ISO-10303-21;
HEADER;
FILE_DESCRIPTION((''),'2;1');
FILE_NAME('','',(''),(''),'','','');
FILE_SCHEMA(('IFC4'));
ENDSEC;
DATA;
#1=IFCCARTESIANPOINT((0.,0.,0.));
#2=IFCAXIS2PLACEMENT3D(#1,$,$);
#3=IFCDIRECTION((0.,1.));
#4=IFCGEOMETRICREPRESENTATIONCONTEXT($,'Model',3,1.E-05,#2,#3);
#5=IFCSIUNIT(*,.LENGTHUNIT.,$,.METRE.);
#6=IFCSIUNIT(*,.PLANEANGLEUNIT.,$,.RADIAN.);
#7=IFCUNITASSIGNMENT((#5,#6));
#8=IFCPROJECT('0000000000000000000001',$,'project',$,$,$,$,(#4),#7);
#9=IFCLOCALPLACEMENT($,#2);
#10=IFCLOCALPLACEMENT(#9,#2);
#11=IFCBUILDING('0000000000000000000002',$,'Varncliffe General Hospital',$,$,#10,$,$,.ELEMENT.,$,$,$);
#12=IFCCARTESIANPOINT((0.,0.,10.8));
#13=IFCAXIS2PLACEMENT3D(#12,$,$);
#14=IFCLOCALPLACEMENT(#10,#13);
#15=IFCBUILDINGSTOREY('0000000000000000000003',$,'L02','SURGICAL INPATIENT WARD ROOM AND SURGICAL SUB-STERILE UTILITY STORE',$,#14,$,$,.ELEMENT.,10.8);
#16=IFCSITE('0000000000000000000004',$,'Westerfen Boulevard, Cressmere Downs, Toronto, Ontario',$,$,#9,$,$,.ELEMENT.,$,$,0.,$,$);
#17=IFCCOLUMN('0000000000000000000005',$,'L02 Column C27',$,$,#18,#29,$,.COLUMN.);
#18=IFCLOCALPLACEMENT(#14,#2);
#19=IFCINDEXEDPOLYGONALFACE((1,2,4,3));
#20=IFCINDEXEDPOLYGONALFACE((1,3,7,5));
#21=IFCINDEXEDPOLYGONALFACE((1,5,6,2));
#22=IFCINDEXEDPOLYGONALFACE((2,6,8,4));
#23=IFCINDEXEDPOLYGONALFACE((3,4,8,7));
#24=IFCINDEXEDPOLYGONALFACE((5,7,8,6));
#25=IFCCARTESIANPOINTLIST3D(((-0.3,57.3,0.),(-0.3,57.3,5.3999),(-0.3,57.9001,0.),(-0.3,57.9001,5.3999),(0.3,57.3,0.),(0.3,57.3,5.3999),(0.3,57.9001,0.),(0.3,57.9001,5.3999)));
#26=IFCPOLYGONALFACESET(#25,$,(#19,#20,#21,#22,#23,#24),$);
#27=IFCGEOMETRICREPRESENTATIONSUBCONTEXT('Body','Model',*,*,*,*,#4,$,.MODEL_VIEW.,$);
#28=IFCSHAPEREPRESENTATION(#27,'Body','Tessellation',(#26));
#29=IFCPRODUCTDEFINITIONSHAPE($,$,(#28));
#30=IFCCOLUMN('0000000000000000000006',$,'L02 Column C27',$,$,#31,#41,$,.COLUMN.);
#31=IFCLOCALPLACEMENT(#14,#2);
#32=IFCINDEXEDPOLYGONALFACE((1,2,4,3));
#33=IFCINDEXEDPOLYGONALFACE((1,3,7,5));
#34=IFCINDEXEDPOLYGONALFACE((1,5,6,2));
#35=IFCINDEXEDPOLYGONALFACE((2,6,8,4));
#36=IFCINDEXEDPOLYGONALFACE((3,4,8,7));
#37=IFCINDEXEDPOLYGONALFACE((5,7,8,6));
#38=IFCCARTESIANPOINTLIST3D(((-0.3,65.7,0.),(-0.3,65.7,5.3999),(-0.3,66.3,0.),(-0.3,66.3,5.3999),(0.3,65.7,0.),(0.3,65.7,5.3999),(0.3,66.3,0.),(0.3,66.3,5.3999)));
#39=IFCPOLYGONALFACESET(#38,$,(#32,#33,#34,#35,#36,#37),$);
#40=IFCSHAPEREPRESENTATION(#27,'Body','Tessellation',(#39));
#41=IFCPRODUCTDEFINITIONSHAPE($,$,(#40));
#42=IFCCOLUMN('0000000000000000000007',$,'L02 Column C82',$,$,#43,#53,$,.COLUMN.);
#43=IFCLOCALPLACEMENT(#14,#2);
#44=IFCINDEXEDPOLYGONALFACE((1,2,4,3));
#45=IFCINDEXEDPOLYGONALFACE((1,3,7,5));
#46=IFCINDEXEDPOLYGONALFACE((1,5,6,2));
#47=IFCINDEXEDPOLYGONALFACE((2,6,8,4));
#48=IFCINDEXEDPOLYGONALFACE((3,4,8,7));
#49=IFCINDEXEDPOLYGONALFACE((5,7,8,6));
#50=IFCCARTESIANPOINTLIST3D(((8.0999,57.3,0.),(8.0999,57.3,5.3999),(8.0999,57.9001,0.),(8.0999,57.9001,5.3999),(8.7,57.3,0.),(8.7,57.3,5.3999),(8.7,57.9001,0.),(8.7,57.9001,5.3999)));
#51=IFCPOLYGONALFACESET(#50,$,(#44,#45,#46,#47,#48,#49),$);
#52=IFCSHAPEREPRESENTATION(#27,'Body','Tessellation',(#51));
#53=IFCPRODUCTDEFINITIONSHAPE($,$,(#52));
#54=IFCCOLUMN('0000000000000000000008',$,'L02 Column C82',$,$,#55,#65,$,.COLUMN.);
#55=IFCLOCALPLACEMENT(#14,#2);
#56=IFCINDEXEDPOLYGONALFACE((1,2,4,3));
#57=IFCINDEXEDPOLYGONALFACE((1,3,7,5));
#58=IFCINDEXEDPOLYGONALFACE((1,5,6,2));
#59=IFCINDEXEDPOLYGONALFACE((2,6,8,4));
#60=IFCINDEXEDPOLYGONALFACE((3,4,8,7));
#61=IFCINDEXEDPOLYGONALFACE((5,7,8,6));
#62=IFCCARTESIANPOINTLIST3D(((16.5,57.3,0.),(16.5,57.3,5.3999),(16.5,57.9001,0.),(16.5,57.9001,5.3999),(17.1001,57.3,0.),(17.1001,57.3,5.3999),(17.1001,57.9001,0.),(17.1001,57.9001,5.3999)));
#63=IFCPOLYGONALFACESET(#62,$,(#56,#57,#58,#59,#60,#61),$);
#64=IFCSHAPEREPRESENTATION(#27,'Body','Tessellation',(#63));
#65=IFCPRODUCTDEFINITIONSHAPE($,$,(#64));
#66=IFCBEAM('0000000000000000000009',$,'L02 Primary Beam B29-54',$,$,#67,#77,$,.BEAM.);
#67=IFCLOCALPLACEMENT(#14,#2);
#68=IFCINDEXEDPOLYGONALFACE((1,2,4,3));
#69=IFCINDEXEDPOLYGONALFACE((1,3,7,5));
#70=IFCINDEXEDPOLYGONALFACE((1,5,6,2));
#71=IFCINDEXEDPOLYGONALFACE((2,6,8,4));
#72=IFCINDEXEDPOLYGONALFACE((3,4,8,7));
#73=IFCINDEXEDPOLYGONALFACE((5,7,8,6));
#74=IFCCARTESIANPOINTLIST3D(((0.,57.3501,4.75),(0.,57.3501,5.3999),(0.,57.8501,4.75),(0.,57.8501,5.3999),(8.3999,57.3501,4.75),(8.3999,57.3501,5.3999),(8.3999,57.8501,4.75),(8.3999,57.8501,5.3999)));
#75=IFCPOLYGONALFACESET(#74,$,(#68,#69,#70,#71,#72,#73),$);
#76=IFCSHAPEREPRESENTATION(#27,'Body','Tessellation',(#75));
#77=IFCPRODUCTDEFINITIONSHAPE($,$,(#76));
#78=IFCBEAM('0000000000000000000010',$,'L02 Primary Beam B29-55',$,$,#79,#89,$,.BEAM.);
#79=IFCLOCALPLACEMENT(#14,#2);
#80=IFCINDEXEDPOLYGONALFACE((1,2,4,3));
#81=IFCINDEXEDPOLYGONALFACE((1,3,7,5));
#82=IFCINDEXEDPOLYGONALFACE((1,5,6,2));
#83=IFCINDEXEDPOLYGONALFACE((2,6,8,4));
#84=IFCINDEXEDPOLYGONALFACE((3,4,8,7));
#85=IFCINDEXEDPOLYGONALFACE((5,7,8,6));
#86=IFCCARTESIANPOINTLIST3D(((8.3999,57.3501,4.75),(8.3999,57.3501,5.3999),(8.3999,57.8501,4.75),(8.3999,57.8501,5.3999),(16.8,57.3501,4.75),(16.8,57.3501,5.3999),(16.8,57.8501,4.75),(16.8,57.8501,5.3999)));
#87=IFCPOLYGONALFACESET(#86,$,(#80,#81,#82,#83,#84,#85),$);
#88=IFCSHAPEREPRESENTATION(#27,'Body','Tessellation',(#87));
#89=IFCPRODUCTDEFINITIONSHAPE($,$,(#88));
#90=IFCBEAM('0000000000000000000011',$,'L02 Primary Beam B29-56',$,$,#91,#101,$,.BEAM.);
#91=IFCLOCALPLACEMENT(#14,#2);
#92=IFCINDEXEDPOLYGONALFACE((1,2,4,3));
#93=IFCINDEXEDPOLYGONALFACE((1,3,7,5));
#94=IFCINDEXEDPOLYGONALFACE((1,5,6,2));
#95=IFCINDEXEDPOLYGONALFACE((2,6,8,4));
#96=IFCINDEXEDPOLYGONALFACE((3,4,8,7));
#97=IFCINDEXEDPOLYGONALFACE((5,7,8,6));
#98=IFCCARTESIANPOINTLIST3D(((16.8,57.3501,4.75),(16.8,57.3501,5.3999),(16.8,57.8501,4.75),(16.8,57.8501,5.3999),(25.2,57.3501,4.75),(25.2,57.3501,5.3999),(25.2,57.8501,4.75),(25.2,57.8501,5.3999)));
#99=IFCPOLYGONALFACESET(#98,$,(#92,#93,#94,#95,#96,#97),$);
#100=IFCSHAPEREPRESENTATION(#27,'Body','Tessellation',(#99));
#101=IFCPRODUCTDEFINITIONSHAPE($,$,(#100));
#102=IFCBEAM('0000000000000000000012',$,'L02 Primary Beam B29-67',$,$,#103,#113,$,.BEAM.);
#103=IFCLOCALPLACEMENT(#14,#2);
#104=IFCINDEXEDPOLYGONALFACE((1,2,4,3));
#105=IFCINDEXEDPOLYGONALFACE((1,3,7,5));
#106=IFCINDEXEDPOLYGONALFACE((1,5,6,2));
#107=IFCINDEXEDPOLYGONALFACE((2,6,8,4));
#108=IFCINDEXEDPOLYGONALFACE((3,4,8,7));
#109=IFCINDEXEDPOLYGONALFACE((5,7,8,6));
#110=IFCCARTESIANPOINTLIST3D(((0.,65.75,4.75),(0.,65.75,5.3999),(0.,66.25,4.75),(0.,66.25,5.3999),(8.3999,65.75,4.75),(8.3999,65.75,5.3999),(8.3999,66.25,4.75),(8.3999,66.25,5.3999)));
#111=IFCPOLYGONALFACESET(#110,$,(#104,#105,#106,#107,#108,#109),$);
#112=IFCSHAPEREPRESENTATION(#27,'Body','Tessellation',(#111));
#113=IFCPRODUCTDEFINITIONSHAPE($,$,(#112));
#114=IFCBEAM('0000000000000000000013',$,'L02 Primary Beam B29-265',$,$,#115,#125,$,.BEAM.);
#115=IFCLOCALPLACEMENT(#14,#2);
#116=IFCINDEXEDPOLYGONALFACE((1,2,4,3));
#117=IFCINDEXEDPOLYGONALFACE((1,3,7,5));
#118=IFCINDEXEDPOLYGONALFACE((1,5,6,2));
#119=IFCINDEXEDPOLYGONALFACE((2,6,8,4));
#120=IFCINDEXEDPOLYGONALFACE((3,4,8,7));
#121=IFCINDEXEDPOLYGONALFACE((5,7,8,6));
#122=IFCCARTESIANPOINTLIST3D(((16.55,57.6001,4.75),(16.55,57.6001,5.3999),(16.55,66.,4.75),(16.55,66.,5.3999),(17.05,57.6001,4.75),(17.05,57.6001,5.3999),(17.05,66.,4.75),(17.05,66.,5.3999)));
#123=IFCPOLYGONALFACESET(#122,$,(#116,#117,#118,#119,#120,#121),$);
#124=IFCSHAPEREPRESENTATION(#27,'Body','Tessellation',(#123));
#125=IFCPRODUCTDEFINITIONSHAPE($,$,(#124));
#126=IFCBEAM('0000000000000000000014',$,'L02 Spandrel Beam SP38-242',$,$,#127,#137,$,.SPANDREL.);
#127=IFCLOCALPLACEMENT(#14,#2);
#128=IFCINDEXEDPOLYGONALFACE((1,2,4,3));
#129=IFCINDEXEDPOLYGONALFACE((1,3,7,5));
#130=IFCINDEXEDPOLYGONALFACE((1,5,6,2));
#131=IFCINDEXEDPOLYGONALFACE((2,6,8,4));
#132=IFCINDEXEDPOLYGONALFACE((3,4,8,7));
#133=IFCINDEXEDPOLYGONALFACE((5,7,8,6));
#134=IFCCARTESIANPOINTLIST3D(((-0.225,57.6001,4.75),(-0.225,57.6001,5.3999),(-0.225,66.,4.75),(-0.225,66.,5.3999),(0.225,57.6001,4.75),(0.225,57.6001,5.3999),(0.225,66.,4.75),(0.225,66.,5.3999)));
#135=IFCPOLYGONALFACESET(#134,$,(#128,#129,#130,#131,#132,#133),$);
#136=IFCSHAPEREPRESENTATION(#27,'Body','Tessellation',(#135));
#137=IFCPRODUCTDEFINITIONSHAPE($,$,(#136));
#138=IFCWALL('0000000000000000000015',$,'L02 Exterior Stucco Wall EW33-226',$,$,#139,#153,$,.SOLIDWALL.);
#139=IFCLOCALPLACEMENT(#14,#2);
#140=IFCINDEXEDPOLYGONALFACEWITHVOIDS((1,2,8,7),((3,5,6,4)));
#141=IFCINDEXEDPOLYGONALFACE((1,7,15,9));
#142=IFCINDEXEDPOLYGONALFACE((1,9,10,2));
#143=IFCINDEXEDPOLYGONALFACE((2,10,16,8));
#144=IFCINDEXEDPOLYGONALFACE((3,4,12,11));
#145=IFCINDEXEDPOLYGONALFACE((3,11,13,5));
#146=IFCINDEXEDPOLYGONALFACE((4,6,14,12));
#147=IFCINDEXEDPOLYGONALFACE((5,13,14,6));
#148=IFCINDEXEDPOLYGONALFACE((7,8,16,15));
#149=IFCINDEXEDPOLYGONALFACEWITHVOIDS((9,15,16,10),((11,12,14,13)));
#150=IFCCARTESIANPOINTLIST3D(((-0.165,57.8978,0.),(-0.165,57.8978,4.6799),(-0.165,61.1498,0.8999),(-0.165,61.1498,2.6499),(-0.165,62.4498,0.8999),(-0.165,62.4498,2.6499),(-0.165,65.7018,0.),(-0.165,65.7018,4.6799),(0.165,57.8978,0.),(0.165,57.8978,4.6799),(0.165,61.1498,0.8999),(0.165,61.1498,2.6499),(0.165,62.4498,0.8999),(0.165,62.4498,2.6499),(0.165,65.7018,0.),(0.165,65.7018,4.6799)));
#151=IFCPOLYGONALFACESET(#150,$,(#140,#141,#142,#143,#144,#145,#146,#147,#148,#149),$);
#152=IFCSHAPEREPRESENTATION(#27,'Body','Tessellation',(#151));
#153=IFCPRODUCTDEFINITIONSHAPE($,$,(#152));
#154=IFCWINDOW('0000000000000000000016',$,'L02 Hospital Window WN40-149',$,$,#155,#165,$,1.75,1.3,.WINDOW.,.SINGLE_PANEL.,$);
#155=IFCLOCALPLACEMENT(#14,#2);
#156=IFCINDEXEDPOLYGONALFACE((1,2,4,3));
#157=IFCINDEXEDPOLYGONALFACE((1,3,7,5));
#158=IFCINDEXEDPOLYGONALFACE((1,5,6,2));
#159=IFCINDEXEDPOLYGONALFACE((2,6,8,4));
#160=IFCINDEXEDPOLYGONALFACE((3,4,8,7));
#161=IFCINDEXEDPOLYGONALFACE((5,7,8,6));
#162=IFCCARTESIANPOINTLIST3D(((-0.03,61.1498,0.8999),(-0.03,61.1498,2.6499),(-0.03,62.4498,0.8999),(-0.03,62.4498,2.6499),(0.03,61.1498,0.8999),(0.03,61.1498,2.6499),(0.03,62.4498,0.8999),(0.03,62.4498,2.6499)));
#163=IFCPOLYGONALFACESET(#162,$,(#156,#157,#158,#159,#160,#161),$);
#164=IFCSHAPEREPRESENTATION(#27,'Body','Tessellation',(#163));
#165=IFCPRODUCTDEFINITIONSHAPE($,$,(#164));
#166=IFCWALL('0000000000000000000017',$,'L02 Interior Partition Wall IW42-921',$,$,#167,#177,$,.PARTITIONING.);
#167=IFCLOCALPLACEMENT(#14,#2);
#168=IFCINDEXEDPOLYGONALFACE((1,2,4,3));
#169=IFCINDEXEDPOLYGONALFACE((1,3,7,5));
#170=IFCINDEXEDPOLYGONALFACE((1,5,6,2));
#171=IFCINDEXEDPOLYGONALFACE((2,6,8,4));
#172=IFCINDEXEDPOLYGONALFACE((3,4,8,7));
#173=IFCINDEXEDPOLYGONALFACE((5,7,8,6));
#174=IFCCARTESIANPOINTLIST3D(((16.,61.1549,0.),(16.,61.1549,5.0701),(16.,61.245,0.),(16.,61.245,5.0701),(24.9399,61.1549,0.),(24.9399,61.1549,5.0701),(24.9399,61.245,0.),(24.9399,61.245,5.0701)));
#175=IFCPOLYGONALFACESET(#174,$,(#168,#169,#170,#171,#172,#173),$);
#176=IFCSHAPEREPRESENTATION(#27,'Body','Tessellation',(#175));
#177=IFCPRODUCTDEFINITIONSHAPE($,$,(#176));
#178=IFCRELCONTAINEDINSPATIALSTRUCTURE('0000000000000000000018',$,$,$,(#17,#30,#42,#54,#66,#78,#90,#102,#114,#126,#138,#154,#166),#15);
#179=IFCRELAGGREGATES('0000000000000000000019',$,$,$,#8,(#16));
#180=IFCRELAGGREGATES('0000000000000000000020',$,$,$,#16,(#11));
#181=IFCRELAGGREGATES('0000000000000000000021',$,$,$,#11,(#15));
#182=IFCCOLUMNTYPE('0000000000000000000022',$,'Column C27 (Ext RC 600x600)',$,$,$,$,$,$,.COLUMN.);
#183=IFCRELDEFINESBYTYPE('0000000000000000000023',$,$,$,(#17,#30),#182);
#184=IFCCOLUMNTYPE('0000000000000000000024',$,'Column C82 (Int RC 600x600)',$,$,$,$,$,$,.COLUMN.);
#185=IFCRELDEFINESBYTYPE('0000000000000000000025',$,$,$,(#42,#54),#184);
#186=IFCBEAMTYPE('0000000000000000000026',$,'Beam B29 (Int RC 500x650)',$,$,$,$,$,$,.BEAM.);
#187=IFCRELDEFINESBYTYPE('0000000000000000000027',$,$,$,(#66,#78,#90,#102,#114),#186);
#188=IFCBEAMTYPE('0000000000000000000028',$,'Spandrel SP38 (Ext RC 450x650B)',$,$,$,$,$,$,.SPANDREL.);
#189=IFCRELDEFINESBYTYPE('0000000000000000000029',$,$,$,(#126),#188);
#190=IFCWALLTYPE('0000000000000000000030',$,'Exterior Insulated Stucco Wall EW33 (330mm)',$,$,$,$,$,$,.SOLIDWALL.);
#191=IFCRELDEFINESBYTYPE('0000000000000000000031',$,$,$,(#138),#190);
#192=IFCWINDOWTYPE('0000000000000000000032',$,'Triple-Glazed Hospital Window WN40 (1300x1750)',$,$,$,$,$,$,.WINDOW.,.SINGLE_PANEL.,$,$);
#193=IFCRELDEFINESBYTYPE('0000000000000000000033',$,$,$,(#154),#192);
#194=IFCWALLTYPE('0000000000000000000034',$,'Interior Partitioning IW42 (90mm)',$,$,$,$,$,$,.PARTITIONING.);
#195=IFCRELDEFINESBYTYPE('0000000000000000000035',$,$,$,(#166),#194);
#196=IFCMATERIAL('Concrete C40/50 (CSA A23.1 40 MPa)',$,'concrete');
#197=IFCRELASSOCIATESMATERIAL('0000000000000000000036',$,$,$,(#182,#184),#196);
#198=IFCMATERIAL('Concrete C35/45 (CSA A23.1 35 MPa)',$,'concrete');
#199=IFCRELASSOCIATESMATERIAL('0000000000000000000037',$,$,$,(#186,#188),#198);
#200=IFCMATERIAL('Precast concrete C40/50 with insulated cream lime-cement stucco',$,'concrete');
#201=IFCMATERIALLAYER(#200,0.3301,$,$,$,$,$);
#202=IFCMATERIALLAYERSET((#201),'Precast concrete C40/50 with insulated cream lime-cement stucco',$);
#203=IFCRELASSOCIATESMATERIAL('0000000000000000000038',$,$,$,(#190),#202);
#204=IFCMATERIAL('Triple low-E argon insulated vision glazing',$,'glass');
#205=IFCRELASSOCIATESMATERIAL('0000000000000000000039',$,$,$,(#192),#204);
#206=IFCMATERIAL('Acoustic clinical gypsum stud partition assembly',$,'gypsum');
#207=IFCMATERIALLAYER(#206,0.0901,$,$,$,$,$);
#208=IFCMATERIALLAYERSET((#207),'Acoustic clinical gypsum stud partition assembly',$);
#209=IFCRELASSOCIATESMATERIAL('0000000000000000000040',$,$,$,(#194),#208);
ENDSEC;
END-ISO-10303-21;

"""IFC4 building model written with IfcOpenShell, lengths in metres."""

from ifc_helpers import new_model, si_unit, direction, frame, frame_2d, origin, origin_2d, place, context, subcontext, project, spatial, rectangle, extrude, material, layer, layer_set, material_profile, profile_set, type_object, element, fill, save


model = new_model("IFC4")

# Units and contexts
model_context = context("Model", 3, precision=1e-05, world=origin(), true_north=direction((0.0, 1.0)))
body_context = subcontext(model_context, "Body", "Model", "MODEL_VIEW")
ifc_project = project(units=[si_unit("LENGTHUNIT", "METRE"), si_unit("PLANEANGLEUNIT", "RADIAN")], contexts=[model_context])

# Site, building, storey
site_placement = place(None, origin())
site = spatial("IfcSite", under=ifc_project, at=site_placement, Name="Westerfen Boulevard, Cressmere Downs, Toronto, Ontario", CompositionType="ELEMENT", RefElevation=0.0)
building_placement = place(site_placement, origin())
building = spatial("IfcBuilding", under=site, at=building_placement, Name="Varncliffe General Hospital", CompositionType="ELEMENT")
storey_placement = place(building_placement, frame((0.0, 0.0, 10.8)))
storey = spatial("IfcBuildingStorey", under=building, at=storey_placement, Name="L02", Description="SURGICAL INPATIENT WARD ROOM AND SURGICAL SUB-STERILE UTILITY STORE", CompositionType="ELEMENT", Elevation=10.8)

# Columns
ifc_material_1 = material(Name="Concrete C40/50 (CSA A23.1 40 MPa)", Category="concrete")
ifc_material_profile_1 = material_profile(ifc_material_1, rectangle(XDim=0.6001, YDim=0.6001, at=origin_2d()), Name="RC 600x600")
ifc_profile_set_1 = profile_set([ifc_material_profile_1], Name="Concrete C40/50 (CSA A23.1 40 MPa)")
column_type_1 = type_object("IfcColumnType", Name="Column C27 (Ext RC 600x600)", PredefinedType="COLUMN", material=ifc_profile_set_1)
for number, where, z_axis, x_axis, name in (
    (1, (0.0, 57.6001, 0.0), (0.0, 0.0, 1.0), (1.0, 0.0, 0.0), "L02 Column C27"),
    (2, (0.0, 66.0, 0.0), (0.0, 0.0, 1.0), (1.0, 0.0, 0.0), "L02 Column C27"),
):
    element("IfcColumn", number, at=place(storey_placement, frame(where, z_axis=z_axis, x_axis=x_axis)), inside=storey, type_object=column_type_1, Name=name, PredefinedType="COLUMN", context=body_context, shape_type="SweptSolid", body=[
        extrude(rectangle(XDim=0.6001, YDim=0.6001, at=origin_2d()), origin(), (0.0, 0.0, 1.0), 5.3999),
    ])
ifc_material_profile_2 = material_profile(ifc_material_1, rectangle(XDim=0.6001, YDim=0.6001, at=origin_2d()), Name="RC 600x600")
ifc_profile_set_2 = profile_set([ifc_material_profile_2], Name="Concrete C40/50 (CSA A23.1 40 MPa)")
column_type_2 = type_object("IfcColumnType", Name="Column C82 (Int RC 600x600)", PredefinedType="COLUMN", material=ifc_profile_set_2)
for number, where, z_axis, x_axis, name in (
    (3, (8.3999, 57.6001, 0.0), (0.0, 0.0, 1.0), (1.0, 0.0, 0.0), "L02 Column C82"),
    (4, (16.8, 57.6001, 0.0), (0.0, 0.0, 1.0), (1.0, 0.0, 0.0), "L02 Column C82"),
):
    element("IfcColumn", number, at=place(storey_placement, frame(where, z_axis=z_axis, x_axis=x_axis)), inside=storey, type_object=column_type_2, Name=name, PredefinedType="COLUMN", context=body_context, shape_type="SweptSolid", body=[
        extrude(rectangle(XDim=0.6001, YDim=0.6001, at=origin_2d()), origin(), (0.0, 0.0, 1.0), 5.3999),
    ])

# Beams
ifc_material_2 = material(Name="Concrete C35/45 (CSA A23.1 35 MPa)", Category="concrete")
ifc_material_profile_3 = material_profile(ifc_material_2, rectangle(XDim=0.5, YDim=0.6499, at=origin_2d()), Name="RC 500x650")
ifc_profile_set_3 = profile_set([ifc_material_profile_3], Name="Concrete C35/45 (CSA A23.1 35 MPa)")
beam_type_1 = type_object("IfcBeamType", Name="Beam B29 (Int RC 500x650)", PredefinedType="BEAM", material=ifc_profile_set_3)
beam_1_placement = place(storey_placement, frame((0.0, 57.6001, 5.075), z_axis=(1.0, 0.0, 0.0), x_axis=(0.0, 1.0, 0.0)))
element("IfcBeam", 5, at=beam_1_placement, inside=storey, type_object=beam_type_1, Name="L02 Primary Beam B29-54", PredefinedType="BEAM", context=body_context, shape_type="SweptSolid", body=[
    extrude(rectangle(XDim=0.5, YDim=0.6499, at=origin_2d()), origin(), (0.0, 0.0, 1.0), 8.3999),
])
beam_2_placement = place(storey_placement, frame((8.3999, 57.6001, 5.075), z_axis=(1.0, 0.0, 0.0), x_axis=(0.0, 1.0, 0.0)))
element("IfcBeam", 6, at=beam_2_placement, inside=storey, type_object=beam_type_1, Name="L02 Primary Beam B29-55", PredefinedType="BEAM", context=body_context, shape_type="SweptSolid", body=[
    extrude(rectangle(XDim=0.5, YDim=0.6499, at=origin_2d()), origin(), (0.0, 0.0, 1.0), 8.4001),
])
for number, where, z_axis, x_axis, name in (
    (7, (16.8, 57.6001, 5.075), (1.0, 0.0, 0.0), (0.0, 1.0, 0.0), "L02 Primary Beam B29-56"),
    (8, (0.0, 66.0, 5.075), (1.0, 0.0, 0.0), (0.0, 1.0, 0.0), "L02 Primary Beam B29-67"),
    (9, (16.8, 57.6001, 5.075), (0.0, 1.0, 0.0), (-1.0, 0.0, 0.0), "L02 Primary Beam B29-265"),
):
    element("IfcBeam", number, at=place(storey_placement, frame(where, z_axis=z_axis, x_axis=x_axis)), inside=storey, type_object=beam_type_1, Name=name, PredefinedType="BEAM", context=body_context, shape_type="SweptSolid", body=[
        extrude(rectangle(XDim=0.5, YDim=0.6499, at=origin_2d()), origin(), (0.0, 0.0, 1.0), 8.3999),
    ])
ifc_material_profile_4 = material_profile(ifc_material_2, rectangle(XDim=0.45, YDim=0.6499, at=origin_2d()), Name="RC 450x650")
ifc_profile_set_4 = profile_set([ifc_material_profile_4], Name="Concrete C35/45 (CSA A23.1 35 MPa)")
beam_type_2 = type_object("IfcBeamType", Name="Spandrel SP38 (Ext RC 450x650B)", PredefinedType="SPANDREL", material=ifc_profile_set_4)
beam_3_placement = place(storey_placement, frame((0.0, 57.6001, 5.075), z_axis=(0.0, 1.0, 0.0), x_axis=(-1.0, 0.0, 0.0)))
element("IfcBeam", 10, at=beam_3_placement, inside=storey, type_object=beam_type_2, Name="L02 Spandrel Beam SP38-242", PredefinedType="SPANDREL", context=body_context, shape_type="SweptSolid", body=[
    extrude(rectangle(XDim=0.45, YDim=0.6499, at=origin_2d()), origin(), (0.0, 0.0, 1.0), 8.3999),
])

# Wall, opening, window
ifc_material_3 = material(Name="Precast concrete C40/50 with insulated cream lime-cement stucco", Category="concrete")
ifc_layer_1 = layer(ifc_material_3, 0.3301)
ifc_layer_set_1 = layer_set([ifc_layer_1], Name="Precast concrete C40/50 with insulated cream lime-cement stucco")
wall_type_1 = type_object("IfcWallType", Name="Exterior Insulated Stucco Wall EW33 (330mm)", PredefinedType="SOLIDWALL", material=ifc_layer_set_1)
wall_1_placement = place(storey_placement, frame((0.0, 57.8979, 0.0), z_axis=(0.0, 0.0, 1.0), x_axis=(0.0, 1.0, 0.0)))
wall_1 = element("IfcWall", 11, at=wall_1_placement, inside=storey, type_object=wall_type_1, Name="L02 Exterior Stucco Wall EW33-226", PredefinedType="SOLIDWALL", context=body_context, shape_type="SweptSolid", body=[
    extrude(rectangle(XDim=7.804, YDim=0.3301, at=frame_2d((3.9019, 0.0))), origin(), (0.0, 0.0, 1.0), 4.6799),
])
opening_1_placement = place(wall_1_placement, frame((3.252, 0.0, 0.8999)))
opening_1 = element("IfcOpeningElement", 12, at=opening_1_placement, cuts=wall_1, PredefinedType="OPENING", context=body_context, shape_type="SweptSolid", body=[
    extrude(rectangle(XDim=1.3, YDim=1.75, at=frame_2d((0.6499, 0.875))), frame((0.0, 0.175, 0.0), z_axis=(0.0, -1.0, 0.0), x_axis=(1.0, 0.0, 0.0)), (0.0, 0.0, 1.0), 0.3501),
])
ifc_material_4 = material(Name="Triple low-E argon insulated vision glazing", Category="glass")
window_type = type_object("IfcWindowType", Name="Triple-Glazed Hospital Window WN40 (1300x1750)", PartitioningType="SINGLE_PANEL", PredefinedType="WINDOW", material=ifc_material_4)
window_placement = place(opening_1_placement, origin())
window = element("IfcWindow", 13, at=window_placement, inside=storey, type_object=window_type, Name="L02 Hospital Window WN40-149", OverallHeight=1.75, OverallWidth=1.3, PartitioningType="SINGLE_PANEL", PredefinedType="WINDOW", context=body_context, shape_type="SweptSolid", body=[
    extrude(rectangle(XDim=1.3, YDim=1.75, at=frame_2d((0.6499, 0.875))), frame((0.0, 0.03, 0.0), z_axis=(0.0, -1.0, 0.0), x_axis=(1.0, 0.0, 0.0)), (0.0, 0.0, 1.0), 0.0601),
])
fill(opening_1, window)

# Wall
ifc_material_5 = material(Name="Acoustic clinical gypsum stud partition assembly", Category="gypsum")
ifc_layer_2 = layer(ifc_material_5, 0.0901)
ifc_layer_set_2 = layer_set([ifc_layer_2], Name="Acoustic clinical gypsum stud partition assembly")
wall_type_2 = type_object("IfcWallType", Name="Interior Partitioning IW42 (90mm)", PredefinedType="PARTITIONING", material=ifc_layer_set_2)
wall_2_placement = place(storey_placement, frame((16.0, 61.2, 0.0), z_axis=(0.0, 0.0, 1.0), x_axis=(1.0, 0.0, 0.0)))
element("IfcWall", 14, at=wall_2_placement, inside=storey, type_object=wall_type_2, Name="L02 Interior Partition Wall IW42-921", PredefinedType="PARTITIONING", context=body_context, shape_type="SweptSolid", body=[
    extrude(rectangle(XDim=8.9399, YDim=0.0901, at=frame_2d((4.47, 0.0))), origin(), (0.0, 0.0, 1.0), 5.0701),
])

save(model, "model.ifc")
